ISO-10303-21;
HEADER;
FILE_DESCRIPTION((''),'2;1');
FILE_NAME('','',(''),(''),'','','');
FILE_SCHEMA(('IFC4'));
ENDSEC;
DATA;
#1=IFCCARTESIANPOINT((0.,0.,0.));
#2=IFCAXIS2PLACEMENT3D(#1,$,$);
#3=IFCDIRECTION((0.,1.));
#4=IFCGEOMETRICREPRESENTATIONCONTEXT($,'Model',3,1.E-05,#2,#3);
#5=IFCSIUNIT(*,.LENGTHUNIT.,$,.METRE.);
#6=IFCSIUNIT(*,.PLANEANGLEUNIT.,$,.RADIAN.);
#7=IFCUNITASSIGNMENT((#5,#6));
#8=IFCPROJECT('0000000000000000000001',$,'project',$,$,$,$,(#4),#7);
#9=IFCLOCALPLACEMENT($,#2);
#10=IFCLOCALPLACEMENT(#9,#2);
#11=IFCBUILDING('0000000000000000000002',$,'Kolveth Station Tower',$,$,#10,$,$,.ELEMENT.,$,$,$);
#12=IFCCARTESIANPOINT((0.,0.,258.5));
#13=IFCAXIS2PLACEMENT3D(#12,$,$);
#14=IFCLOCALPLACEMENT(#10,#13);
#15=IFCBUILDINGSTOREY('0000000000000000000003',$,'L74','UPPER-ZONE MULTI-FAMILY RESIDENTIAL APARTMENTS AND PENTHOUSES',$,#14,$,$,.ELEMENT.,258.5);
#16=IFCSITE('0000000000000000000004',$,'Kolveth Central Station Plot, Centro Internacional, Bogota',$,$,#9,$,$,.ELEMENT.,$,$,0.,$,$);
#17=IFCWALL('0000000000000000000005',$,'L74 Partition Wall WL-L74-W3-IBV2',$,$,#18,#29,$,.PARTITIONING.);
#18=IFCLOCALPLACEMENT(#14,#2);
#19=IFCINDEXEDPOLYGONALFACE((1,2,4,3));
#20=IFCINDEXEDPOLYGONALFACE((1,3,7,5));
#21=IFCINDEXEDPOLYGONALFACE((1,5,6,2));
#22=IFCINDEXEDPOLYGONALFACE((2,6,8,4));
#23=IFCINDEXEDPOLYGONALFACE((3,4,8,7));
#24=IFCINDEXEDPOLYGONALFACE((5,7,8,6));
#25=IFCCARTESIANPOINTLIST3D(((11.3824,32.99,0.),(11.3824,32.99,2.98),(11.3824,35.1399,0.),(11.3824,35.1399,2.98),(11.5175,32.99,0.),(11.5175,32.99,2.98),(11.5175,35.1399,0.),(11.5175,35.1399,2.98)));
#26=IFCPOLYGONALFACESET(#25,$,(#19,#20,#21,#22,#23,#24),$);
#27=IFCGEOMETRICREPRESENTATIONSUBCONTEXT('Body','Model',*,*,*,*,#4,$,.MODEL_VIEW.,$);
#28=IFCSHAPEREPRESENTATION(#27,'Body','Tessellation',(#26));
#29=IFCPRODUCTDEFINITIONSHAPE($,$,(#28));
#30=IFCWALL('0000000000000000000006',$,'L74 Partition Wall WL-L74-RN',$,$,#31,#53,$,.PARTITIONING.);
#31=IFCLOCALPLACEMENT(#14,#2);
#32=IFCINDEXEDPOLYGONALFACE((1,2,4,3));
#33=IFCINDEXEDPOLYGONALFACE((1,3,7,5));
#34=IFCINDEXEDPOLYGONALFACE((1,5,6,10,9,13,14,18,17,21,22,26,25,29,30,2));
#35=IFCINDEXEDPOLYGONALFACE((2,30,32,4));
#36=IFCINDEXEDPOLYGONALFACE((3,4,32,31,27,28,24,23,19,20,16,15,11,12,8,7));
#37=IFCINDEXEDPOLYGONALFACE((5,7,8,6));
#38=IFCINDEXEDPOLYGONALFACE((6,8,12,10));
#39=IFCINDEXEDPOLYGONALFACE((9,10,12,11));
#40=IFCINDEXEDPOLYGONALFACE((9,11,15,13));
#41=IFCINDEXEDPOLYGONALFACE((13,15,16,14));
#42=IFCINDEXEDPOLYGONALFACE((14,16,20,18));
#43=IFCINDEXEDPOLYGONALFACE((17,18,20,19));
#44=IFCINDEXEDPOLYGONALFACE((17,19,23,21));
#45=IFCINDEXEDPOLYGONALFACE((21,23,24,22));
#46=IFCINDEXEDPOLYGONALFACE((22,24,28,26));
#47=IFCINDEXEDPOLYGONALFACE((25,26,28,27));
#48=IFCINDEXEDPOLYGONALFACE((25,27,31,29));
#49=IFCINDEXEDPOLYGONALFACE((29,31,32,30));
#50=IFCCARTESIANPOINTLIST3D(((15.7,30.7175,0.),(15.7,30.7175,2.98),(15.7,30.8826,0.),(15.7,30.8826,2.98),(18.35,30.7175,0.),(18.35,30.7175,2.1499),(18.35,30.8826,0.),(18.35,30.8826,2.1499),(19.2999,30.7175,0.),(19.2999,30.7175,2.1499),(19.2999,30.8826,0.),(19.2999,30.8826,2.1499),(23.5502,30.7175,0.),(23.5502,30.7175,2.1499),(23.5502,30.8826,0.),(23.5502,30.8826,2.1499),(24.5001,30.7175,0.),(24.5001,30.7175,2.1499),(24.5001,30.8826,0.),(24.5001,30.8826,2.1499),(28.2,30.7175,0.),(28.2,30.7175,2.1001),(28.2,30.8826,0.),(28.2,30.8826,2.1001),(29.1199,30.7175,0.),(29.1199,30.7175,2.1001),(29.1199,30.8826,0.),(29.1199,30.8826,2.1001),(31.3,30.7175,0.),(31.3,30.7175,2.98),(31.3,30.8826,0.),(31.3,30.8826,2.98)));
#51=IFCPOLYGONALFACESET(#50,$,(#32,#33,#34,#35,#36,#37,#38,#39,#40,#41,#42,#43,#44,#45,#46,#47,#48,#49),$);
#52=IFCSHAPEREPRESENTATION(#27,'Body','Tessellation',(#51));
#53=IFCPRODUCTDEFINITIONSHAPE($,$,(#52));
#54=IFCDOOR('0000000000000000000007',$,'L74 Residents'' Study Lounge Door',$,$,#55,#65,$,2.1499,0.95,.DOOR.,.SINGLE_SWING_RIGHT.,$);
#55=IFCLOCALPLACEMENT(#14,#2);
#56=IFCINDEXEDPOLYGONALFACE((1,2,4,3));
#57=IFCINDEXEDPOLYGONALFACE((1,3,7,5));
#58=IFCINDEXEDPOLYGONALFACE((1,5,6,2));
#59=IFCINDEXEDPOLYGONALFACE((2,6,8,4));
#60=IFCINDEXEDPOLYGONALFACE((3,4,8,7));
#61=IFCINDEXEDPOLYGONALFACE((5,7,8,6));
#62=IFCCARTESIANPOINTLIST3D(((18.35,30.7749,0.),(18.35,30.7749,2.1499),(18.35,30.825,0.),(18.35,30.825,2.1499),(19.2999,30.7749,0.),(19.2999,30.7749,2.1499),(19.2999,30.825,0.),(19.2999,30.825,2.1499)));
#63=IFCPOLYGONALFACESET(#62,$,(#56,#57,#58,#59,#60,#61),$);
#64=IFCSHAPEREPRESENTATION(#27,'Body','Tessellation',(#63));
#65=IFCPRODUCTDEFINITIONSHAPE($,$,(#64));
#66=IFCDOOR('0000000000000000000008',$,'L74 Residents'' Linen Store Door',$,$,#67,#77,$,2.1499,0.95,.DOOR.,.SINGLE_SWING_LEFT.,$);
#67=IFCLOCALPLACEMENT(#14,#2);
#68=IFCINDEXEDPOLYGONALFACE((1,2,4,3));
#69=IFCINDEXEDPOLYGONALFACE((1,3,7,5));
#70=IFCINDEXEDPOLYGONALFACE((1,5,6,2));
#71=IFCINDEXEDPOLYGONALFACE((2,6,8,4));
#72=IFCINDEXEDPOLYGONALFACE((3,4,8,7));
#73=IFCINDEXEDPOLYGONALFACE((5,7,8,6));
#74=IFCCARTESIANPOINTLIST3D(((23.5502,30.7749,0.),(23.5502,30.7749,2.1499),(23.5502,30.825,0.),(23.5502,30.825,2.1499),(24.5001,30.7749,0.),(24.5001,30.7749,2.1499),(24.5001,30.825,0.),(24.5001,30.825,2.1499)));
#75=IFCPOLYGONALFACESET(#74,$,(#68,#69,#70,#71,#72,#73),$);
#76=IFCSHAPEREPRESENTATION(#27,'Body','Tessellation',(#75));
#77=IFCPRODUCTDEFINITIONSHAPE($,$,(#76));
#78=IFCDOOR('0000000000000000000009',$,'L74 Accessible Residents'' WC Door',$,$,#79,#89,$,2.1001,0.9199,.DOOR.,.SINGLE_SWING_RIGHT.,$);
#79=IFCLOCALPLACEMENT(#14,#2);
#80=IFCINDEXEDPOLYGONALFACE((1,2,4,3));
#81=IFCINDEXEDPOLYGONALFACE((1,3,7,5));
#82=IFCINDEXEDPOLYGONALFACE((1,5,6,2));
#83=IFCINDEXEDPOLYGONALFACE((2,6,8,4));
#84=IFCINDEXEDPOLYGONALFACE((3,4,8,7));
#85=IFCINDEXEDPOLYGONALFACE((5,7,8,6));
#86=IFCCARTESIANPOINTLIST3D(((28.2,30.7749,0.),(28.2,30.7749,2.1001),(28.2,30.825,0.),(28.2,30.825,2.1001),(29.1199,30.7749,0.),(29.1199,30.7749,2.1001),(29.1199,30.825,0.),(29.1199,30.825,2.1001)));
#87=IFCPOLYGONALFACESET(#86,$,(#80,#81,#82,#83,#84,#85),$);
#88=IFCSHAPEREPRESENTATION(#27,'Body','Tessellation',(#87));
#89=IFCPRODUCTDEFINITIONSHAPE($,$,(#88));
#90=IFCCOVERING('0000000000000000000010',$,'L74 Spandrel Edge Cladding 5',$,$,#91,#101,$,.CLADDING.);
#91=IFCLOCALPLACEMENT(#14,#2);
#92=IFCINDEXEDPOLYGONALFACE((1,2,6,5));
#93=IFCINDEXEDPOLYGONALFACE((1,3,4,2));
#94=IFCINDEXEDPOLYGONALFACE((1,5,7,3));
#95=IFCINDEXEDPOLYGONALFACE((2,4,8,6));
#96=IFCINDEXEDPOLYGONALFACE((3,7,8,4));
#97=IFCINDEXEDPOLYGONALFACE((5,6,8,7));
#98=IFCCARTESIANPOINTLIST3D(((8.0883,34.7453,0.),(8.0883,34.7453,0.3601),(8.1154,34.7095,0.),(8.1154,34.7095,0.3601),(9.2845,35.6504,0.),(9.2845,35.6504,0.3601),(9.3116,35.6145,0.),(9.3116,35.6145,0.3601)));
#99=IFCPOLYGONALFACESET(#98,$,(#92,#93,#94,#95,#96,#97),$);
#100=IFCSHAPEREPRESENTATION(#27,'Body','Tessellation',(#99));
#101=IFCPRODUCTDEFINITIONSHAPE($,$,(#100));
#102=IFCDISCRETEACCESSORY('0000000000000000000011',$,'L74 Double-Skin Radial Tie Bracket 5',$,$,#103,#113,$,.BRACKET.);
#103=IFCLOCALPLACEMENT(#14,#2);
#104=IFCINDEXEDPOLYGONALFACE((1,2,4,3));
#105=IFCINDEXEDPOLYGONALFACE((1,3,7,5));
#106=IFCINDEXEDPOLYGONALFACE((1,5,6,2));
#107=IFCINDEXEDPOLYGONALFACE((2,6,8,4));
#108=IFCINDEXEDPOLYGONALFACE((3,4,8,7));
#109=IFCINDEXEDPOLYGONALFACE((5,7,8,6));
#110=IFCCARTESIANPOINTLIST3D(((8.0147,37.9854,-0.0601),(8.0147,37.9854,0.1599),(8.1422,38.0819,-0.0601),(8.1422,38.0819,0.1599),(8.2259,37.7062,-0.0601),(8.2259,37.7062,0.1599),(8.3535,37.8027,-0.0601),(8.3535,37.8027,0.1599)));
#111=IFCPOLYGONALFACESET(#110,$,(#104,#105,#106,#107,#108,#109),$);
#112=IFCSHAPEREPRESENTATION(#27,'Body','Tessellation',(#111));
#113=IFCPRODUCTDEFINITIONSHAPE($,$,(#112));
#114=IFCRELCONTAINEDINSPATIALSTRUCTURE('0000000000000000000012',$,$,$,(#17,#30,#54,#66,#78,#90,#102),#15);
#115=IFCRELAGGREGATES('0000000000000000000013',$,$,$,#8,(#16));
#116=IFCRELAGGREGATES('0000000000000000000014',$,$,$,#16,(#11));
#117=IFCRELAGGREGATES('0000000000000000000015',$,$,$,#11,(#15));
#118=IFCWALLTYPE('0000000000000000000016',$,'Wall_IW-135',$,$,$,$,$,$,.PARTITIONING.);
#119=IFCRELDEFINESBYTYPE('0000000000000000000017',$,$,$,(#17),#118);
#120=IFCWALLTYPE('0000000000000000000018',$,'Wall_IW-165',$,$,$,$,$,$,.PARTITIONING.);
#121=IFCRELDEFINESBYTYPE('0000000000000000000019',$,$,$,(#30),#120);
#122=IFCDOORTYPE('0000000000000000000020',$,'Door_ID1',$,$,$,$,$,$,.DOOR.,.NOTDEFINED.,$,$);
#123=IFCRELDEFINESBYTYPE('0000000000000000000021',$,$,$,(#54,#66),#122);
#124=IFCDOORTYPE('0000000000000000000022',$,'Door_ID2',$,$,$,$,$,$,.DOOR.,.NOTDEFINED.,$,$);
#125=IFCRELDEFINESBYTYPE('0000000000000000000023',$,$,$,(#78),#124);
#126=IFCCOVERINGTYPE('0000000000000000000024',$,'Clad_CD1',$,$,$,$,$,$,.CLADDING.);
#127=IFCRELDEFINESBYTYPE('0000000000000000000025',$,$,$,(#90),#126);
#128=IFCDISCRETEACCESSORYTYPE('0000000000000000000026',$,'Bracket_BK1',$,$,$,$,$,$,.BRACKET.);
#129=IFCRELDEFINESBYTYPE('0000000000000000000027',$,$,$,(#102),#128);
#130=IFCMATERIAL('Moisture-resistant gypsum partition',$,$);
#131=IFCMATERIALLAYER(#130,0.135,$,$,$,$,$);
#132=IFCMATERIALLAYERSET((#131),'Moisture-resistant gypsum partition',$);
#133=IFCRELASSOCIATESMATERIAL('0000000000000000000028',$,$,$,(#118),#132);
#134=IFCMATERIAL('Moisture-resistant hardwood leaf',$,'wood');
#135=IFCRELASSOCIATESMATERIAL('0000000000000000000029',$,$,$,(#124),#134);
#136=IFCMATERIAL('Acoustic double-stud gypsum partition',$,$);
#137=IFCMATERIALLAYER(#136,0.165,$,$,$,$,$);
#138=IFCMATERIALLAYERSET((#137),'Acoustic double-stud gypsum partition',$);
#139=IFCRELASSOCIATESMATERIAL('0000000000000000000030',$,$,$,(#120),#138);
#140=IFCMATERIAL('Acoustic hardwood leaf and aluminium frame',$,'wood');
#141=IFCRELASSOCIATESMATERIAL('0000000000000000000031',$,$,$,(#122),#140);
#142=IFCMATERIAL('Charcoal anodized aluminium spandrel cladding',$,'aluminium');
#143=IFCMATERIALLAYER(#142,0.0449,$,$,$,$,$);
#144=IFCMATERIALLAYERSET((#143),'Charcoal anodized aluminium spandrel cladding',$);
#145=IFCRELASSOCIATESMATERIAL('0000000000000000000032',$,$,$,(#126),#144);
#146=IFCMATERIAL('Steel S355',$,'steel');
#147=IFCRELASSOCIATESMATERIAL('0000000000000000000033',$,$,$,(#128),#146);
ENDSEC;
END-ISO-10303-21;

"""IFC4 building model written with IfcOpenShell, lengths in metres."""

from ifc_helpers import new_model, si_unit, direction, frame, frame_2d, origin, origin_2d, place, context, subcontext, project, spatial, rectangle, extrude, source, transform, mapped, material, layer, layer_set, type_object, element, fill, save


model = new_model("IFC4")

# Units and contexts
model_context = context("Model", 3, precision=1e-05, world=origin(), true_north=direction((0.0, 1.0)))
body_context = subcontext(model_context, "Body", "Model", "MODEL_VIEW")
ifc_project = project(units=[si_unit("LENGTHUNIT", "METRE"), si_unit("PLANEANGLEUNIT", "RADIAN")], contexts=[model_context])

# Site, building, storey
site_placement = place(None, origin())
site = spatial("IfcSite", under=ifc_project, at=site_placement, Name="Kolveth Central Station Plot, Centro Internacional, Bogota", CompositionType="ELEMENT", RefElevation=0.0)
building_placement = place(site_placement, origin())
building = spatial("IfcBuilding", under=site, at=building_placement, Name="Kolveth Station Tower", CompositionType="ELEMENT")
storey_placement = place(building_placement, frame((0.0, 0.0, 258.5)))
storey = spatial("IfcBuildingStorey", under=building, at=storey_placement, Name="L74", Description="UPPER-ZONE MULTI-FAMILY RESIDENTIAL APARTMENTS AND PENTHOUSES", CompositionType="ELEMENT", Elevation=258.5)

# Shared definitions
ifc_material_1 = material(Name="Steel S355", Category="steel")

# Shared definitions
ifc_material_2 = material(Name="Moisture-resistant gypsum partition")
ifc_layer_1 = layer(ifc_material_2, 0.135)
ifc_layer_set_1 = layer_set([ifc_layer_1], Name="Moisture-resistant gypsum partition")
wall_type_1 = type_object("IfcWallType", Name="Wall_IW-135", PredefinedType="PARTITIONING", material=ifc_layer_set_1)
ifc_material_3 = material(Name="Moisture-resistant hardwood leaf", Category="wood")
door_type_1 = type_object("IfcDoorType", Name="Door_ID2", OperationType="NOTDEFINED", PredefinedType="DOOR", material=ifc_material_3)

# Wall
for number, where, z_axis, x_axis, name in (
    (1, (11.45, 32.99, 0.0), (0.0, 0.0, 1.0), (0.0, 1.0, 0.0), "L74 Partition Wall WL-L74-W3-IBV2"),
):
    element("IfcWall", number, at=place(storey_placement, frame(where, z_axis=z_axis, x_axis=x_axis)), inside=storey, type_object=wall_type_1, Name=name, PredefinedType="PARTITIONING", context=body_context, shape_type="SweptSolid", body=[
        extrude(rectangle(XDim=2.1499, YDim=0.135, at=frame_2d((1.075, 0.0))), origin(), (0.0, 0.0, 1.0), 2.98),
    ])

# Wall, openings, doors
ifc_material_4 = material(Name="Acoustic double-stud gypsum partition")
ifc_layer_2 = layer(ifc_material_4, 0.165)
ifc_layer_set_2 = layer_set([ifc_layer_2], Name="Acoustic double-stud gypsum partition")
wall_type_2 = type_object("IfcWallType", Name="Wall_IW-165", PredefinedType="PARTITIONING", material=ifc_layer_set_2)
wall_1_placement = place(storey_placement, frame((15.7, 30.8, 0.0), z_axis=(0.0, 0.0, 1.0), x_axis=(1.0, 0.0, 0.0)))
wall_1 = element("IfcWall", 2, at=wall_1_placement, inside=storey, type_object=wall_type_2, Name="L74 Partition Wall WL-L74-RN", PredefinedType="PARTITIONING", context=body_context, shape_type="SweptSolid", body=[
    extrude(rectangle(XDim=15.6001, YDim=0.165, at=frame_2d((7.8, 0.0))), origin(), (0.0, 0.0, 1.0), 2.98),
])
opening_1_placement = place(wall_1_placement, frame((2.6499, 0.0, 0.0)))
opening_1 = element("IfcOpeningElement", 3, at=opening_1_placement, cuts=wall_1, PredefinedType="OPENING", context=body_context, shape_type="SweptSolid", body=[
    extrude(rectangle(XDim=0.95, YDim=2.1499, at=frame_2d((0.4751, 1.075))), frame((0.0, 0.0925, 0.0), z_axis=(0.0, -1.0, 0.0), x_axis=(1.0, 0.0, 0.0)), (0.0, 0.0, 1.0), 0.1851),
])
opening_2_placement = place(wall_1_placement, frame((7.8501, 0.0, 0.0)))
opening_2 = element("IfcOpeningElement", 4, at=opening_2_placement, cuts=wall_1, PredefinedType="OPENING", context=body_context, shape_type="SweptSolid", body=[
    extrude(rectangle(XDim=0.95, YDim=2.1499, at=frame_2d((0.4751, 1.075))), frame((0.0, 0.0925, 0.0), z_axis=(0.0, -1.0, 0.0), x_axis=(1.0, 0.0, 0.0)), (0.0, 0.0, 1.0), 0.1851),
])
opening_3_placement = place(wall_1_placement, frame((12.5, 0.0, 0.0)))
opening_3 = element("IfcOpeningElement", 5, at=opening_3_placement, cuts=wall_1, PredefinedType="OPENING", context=body_context, shape_type="SweptSolid", body=[
    extrude(rectangle(XDim=0.9199, YDim=2.1001, at=frame_2d((0.46, 1.05))), frame((0.0, 0.0925, 0.0), z_axis=(0.0, -1.0, 0.0), x_axis=(1.0, 0.0, 0.0)), (0.0, 0.0, 1.0), 0.1851),
])
ifc_material_5 = material(Name="Acoustic hardwood leaf and aluminium frame", Category="wood")
door_type_2 = type_object("IfcDoorType", Name="Door_ID1", OperationType="NOTDEFINED", PredefinedType="DOOR", material=ifc_material_5)
door_1_placement = place(opening_1_placement, origin())
door_1 = element("IfcDoor", 6, at=door_1_placement, inside=storey, type_object=door_type_2, Name="L74 Residents' Study Lounge Door", OperationType="SINGLE_SWING_RIGHT", OverallHeight=2.1499, OverallWidth=0.95, PredefinedType="DOOR", context=body_context, shape_type="SweptSolid", body=[
    extrude(rectangle(XDim=0.95, YDim=2.1499, at=frame_2d((0.4751, 1.075))), frame((0.0, 0.0249, 0.0), z_axis=(0.0, -1.0, 0.0), x_axis=(1.0, 0.0, 0.0)), (0.0, 0.0, 1.0), 0.05),
])
fill(opening_1, door_1)
door_2_placement = place(opening_2_placement, origin())
door_2 = element("IfcDoor", 7, at=door_2_placement, inside=storey, type_object=door_type_2, Name="L74 Residents' Linen Store Door", OperationType="SINGLE_SWING_LEFT", OverallHeight=2.1499, OverallWidth=0.95, PredefinedType="DOOR", context=body_context, shape_type="SweptSolid", body=[
    extrude(rectangle(XDim=0.95, YDim=2.1499, at=frame_2d((0.4751, 1.075))), frame((0.0, 0.0249, 0.0), z_axis=(0.0, -1.0, 0.0), x_axis=(1.0, 0.0, 0.0)), (0.0, 0.0, 1.0), 0.05),
])
fill(opening_2, door_2)
door_3_placement = place(opening_3_placement, origin())
door_3 = element("IfcDoor", 8, at=door_3_placement, inside=storey, type_object=door_type_1, Name="L74 Accessible Residents' WC Door", OperationType="SINGLE_SWING_RIGHT", OverallHeight=2.1001, OverallWidth=0.9199, PredefinedType="DOOR", context=body_context, shape_type="SweptSolid", body=[
    extrude(rectangle(XDim=0.9199, YDim=2.1001, at=frame_2d((0.46, 1.05))), frame((0.0, 0.0249, 0.0), z_axis=(0.0, -1.0, 0.0), x_axis=(1.0, 0.0, 0.0)), (0.0, 0.0, 1.0), 0.05),
])
fill(opening_3, door_3)

# Covering
ifc_material_6 = material(Name="Charcoal anodized aluminium spandrel cladding", Category="aluminium")
ifc_layer_3 = layer(ifc_material_6, 0.0449)
ifc_layer_set_3 = layer_set([ifc_layer_3], Name="Charcoal anodized aluminium spandrel cladding")
covering_type = type_object("IfcCoveringType", Name="Clad_CD1", PredefinedType="CLADDING", material=ifc_layer_set_3)
shared_shape_1 = source(origin(), body_context, "Body", "SweptSolid", [
    extrude(rectangle(XDim=1.5, YDim=0.0449, at=origin_2d()), origin(), (0.0, 0.0, 1.0), 0.3601),
])
covering_placement = place(storey_placement, frame((8.7, 35.1799, 0.0), z_axis=(0.0, 0.0, 1.0), x_axis=(-0.797479, -0.603347, 0.0)))
element("IfcCovering", 9, at=covering_placement, inside=storey, type_object=covering_type, Name="L74 Spandrel Edge Cladding 5", PredefinedType="CLADDING", context=body_context, shape_type="MappedRepresentation", body=[
    mapped(shared_shape_1, transform((0.0, 0.0, 0.0), x_axis=(1.0, 0.0, 0.0), y_axis=(0.0, 1.0, 0.0), z_axis=(0.0, 0.0, 1.0), scale=1.0)),
])

# Discrete accessory
discrete_accessory_type = type_object("IfcDiscreteAccessoryType", Name="Bracket_BK1", PredefinedType="BRACKET", material=ifc_material_1)
shared_shape_2 = source(origin(), body_context, "Body", "SweptSolid", [
    extrude(rectangle(XDim=0.3501, YDim=0.1599, at=origin_2d()), origin(), (0.0, 0.0, 1.0), 0.22),
])
discrete_accessory_placement = place(storey_placement, frame((8.1841, 37.894, -0.0601), z_axis=(0.0, 0.0, 1.0), x_axis=(-0.603347, 0.797479, 0.0)))
element("IfcDiscreteAccessory", 10, at=discrete_accessory_placement, inside=storey, type_object=discrete_accessory_type, Name="L74 Double-Skin Radial Tie Bracket 5", PredefinedType="BRACKET", context=body_context, shape_type="MappedRepresentation", body=[
    mapped(shared_shape_2, transform((0.0, 0.0, 0.0), x_axis=(1.0, 0.0, 0.0), y_axis=(0.0, 1.0, 0.0), z_axis=(0.0, 0.0, 1.0), scale=1.0)),
])

save(model, "model.ifc")
